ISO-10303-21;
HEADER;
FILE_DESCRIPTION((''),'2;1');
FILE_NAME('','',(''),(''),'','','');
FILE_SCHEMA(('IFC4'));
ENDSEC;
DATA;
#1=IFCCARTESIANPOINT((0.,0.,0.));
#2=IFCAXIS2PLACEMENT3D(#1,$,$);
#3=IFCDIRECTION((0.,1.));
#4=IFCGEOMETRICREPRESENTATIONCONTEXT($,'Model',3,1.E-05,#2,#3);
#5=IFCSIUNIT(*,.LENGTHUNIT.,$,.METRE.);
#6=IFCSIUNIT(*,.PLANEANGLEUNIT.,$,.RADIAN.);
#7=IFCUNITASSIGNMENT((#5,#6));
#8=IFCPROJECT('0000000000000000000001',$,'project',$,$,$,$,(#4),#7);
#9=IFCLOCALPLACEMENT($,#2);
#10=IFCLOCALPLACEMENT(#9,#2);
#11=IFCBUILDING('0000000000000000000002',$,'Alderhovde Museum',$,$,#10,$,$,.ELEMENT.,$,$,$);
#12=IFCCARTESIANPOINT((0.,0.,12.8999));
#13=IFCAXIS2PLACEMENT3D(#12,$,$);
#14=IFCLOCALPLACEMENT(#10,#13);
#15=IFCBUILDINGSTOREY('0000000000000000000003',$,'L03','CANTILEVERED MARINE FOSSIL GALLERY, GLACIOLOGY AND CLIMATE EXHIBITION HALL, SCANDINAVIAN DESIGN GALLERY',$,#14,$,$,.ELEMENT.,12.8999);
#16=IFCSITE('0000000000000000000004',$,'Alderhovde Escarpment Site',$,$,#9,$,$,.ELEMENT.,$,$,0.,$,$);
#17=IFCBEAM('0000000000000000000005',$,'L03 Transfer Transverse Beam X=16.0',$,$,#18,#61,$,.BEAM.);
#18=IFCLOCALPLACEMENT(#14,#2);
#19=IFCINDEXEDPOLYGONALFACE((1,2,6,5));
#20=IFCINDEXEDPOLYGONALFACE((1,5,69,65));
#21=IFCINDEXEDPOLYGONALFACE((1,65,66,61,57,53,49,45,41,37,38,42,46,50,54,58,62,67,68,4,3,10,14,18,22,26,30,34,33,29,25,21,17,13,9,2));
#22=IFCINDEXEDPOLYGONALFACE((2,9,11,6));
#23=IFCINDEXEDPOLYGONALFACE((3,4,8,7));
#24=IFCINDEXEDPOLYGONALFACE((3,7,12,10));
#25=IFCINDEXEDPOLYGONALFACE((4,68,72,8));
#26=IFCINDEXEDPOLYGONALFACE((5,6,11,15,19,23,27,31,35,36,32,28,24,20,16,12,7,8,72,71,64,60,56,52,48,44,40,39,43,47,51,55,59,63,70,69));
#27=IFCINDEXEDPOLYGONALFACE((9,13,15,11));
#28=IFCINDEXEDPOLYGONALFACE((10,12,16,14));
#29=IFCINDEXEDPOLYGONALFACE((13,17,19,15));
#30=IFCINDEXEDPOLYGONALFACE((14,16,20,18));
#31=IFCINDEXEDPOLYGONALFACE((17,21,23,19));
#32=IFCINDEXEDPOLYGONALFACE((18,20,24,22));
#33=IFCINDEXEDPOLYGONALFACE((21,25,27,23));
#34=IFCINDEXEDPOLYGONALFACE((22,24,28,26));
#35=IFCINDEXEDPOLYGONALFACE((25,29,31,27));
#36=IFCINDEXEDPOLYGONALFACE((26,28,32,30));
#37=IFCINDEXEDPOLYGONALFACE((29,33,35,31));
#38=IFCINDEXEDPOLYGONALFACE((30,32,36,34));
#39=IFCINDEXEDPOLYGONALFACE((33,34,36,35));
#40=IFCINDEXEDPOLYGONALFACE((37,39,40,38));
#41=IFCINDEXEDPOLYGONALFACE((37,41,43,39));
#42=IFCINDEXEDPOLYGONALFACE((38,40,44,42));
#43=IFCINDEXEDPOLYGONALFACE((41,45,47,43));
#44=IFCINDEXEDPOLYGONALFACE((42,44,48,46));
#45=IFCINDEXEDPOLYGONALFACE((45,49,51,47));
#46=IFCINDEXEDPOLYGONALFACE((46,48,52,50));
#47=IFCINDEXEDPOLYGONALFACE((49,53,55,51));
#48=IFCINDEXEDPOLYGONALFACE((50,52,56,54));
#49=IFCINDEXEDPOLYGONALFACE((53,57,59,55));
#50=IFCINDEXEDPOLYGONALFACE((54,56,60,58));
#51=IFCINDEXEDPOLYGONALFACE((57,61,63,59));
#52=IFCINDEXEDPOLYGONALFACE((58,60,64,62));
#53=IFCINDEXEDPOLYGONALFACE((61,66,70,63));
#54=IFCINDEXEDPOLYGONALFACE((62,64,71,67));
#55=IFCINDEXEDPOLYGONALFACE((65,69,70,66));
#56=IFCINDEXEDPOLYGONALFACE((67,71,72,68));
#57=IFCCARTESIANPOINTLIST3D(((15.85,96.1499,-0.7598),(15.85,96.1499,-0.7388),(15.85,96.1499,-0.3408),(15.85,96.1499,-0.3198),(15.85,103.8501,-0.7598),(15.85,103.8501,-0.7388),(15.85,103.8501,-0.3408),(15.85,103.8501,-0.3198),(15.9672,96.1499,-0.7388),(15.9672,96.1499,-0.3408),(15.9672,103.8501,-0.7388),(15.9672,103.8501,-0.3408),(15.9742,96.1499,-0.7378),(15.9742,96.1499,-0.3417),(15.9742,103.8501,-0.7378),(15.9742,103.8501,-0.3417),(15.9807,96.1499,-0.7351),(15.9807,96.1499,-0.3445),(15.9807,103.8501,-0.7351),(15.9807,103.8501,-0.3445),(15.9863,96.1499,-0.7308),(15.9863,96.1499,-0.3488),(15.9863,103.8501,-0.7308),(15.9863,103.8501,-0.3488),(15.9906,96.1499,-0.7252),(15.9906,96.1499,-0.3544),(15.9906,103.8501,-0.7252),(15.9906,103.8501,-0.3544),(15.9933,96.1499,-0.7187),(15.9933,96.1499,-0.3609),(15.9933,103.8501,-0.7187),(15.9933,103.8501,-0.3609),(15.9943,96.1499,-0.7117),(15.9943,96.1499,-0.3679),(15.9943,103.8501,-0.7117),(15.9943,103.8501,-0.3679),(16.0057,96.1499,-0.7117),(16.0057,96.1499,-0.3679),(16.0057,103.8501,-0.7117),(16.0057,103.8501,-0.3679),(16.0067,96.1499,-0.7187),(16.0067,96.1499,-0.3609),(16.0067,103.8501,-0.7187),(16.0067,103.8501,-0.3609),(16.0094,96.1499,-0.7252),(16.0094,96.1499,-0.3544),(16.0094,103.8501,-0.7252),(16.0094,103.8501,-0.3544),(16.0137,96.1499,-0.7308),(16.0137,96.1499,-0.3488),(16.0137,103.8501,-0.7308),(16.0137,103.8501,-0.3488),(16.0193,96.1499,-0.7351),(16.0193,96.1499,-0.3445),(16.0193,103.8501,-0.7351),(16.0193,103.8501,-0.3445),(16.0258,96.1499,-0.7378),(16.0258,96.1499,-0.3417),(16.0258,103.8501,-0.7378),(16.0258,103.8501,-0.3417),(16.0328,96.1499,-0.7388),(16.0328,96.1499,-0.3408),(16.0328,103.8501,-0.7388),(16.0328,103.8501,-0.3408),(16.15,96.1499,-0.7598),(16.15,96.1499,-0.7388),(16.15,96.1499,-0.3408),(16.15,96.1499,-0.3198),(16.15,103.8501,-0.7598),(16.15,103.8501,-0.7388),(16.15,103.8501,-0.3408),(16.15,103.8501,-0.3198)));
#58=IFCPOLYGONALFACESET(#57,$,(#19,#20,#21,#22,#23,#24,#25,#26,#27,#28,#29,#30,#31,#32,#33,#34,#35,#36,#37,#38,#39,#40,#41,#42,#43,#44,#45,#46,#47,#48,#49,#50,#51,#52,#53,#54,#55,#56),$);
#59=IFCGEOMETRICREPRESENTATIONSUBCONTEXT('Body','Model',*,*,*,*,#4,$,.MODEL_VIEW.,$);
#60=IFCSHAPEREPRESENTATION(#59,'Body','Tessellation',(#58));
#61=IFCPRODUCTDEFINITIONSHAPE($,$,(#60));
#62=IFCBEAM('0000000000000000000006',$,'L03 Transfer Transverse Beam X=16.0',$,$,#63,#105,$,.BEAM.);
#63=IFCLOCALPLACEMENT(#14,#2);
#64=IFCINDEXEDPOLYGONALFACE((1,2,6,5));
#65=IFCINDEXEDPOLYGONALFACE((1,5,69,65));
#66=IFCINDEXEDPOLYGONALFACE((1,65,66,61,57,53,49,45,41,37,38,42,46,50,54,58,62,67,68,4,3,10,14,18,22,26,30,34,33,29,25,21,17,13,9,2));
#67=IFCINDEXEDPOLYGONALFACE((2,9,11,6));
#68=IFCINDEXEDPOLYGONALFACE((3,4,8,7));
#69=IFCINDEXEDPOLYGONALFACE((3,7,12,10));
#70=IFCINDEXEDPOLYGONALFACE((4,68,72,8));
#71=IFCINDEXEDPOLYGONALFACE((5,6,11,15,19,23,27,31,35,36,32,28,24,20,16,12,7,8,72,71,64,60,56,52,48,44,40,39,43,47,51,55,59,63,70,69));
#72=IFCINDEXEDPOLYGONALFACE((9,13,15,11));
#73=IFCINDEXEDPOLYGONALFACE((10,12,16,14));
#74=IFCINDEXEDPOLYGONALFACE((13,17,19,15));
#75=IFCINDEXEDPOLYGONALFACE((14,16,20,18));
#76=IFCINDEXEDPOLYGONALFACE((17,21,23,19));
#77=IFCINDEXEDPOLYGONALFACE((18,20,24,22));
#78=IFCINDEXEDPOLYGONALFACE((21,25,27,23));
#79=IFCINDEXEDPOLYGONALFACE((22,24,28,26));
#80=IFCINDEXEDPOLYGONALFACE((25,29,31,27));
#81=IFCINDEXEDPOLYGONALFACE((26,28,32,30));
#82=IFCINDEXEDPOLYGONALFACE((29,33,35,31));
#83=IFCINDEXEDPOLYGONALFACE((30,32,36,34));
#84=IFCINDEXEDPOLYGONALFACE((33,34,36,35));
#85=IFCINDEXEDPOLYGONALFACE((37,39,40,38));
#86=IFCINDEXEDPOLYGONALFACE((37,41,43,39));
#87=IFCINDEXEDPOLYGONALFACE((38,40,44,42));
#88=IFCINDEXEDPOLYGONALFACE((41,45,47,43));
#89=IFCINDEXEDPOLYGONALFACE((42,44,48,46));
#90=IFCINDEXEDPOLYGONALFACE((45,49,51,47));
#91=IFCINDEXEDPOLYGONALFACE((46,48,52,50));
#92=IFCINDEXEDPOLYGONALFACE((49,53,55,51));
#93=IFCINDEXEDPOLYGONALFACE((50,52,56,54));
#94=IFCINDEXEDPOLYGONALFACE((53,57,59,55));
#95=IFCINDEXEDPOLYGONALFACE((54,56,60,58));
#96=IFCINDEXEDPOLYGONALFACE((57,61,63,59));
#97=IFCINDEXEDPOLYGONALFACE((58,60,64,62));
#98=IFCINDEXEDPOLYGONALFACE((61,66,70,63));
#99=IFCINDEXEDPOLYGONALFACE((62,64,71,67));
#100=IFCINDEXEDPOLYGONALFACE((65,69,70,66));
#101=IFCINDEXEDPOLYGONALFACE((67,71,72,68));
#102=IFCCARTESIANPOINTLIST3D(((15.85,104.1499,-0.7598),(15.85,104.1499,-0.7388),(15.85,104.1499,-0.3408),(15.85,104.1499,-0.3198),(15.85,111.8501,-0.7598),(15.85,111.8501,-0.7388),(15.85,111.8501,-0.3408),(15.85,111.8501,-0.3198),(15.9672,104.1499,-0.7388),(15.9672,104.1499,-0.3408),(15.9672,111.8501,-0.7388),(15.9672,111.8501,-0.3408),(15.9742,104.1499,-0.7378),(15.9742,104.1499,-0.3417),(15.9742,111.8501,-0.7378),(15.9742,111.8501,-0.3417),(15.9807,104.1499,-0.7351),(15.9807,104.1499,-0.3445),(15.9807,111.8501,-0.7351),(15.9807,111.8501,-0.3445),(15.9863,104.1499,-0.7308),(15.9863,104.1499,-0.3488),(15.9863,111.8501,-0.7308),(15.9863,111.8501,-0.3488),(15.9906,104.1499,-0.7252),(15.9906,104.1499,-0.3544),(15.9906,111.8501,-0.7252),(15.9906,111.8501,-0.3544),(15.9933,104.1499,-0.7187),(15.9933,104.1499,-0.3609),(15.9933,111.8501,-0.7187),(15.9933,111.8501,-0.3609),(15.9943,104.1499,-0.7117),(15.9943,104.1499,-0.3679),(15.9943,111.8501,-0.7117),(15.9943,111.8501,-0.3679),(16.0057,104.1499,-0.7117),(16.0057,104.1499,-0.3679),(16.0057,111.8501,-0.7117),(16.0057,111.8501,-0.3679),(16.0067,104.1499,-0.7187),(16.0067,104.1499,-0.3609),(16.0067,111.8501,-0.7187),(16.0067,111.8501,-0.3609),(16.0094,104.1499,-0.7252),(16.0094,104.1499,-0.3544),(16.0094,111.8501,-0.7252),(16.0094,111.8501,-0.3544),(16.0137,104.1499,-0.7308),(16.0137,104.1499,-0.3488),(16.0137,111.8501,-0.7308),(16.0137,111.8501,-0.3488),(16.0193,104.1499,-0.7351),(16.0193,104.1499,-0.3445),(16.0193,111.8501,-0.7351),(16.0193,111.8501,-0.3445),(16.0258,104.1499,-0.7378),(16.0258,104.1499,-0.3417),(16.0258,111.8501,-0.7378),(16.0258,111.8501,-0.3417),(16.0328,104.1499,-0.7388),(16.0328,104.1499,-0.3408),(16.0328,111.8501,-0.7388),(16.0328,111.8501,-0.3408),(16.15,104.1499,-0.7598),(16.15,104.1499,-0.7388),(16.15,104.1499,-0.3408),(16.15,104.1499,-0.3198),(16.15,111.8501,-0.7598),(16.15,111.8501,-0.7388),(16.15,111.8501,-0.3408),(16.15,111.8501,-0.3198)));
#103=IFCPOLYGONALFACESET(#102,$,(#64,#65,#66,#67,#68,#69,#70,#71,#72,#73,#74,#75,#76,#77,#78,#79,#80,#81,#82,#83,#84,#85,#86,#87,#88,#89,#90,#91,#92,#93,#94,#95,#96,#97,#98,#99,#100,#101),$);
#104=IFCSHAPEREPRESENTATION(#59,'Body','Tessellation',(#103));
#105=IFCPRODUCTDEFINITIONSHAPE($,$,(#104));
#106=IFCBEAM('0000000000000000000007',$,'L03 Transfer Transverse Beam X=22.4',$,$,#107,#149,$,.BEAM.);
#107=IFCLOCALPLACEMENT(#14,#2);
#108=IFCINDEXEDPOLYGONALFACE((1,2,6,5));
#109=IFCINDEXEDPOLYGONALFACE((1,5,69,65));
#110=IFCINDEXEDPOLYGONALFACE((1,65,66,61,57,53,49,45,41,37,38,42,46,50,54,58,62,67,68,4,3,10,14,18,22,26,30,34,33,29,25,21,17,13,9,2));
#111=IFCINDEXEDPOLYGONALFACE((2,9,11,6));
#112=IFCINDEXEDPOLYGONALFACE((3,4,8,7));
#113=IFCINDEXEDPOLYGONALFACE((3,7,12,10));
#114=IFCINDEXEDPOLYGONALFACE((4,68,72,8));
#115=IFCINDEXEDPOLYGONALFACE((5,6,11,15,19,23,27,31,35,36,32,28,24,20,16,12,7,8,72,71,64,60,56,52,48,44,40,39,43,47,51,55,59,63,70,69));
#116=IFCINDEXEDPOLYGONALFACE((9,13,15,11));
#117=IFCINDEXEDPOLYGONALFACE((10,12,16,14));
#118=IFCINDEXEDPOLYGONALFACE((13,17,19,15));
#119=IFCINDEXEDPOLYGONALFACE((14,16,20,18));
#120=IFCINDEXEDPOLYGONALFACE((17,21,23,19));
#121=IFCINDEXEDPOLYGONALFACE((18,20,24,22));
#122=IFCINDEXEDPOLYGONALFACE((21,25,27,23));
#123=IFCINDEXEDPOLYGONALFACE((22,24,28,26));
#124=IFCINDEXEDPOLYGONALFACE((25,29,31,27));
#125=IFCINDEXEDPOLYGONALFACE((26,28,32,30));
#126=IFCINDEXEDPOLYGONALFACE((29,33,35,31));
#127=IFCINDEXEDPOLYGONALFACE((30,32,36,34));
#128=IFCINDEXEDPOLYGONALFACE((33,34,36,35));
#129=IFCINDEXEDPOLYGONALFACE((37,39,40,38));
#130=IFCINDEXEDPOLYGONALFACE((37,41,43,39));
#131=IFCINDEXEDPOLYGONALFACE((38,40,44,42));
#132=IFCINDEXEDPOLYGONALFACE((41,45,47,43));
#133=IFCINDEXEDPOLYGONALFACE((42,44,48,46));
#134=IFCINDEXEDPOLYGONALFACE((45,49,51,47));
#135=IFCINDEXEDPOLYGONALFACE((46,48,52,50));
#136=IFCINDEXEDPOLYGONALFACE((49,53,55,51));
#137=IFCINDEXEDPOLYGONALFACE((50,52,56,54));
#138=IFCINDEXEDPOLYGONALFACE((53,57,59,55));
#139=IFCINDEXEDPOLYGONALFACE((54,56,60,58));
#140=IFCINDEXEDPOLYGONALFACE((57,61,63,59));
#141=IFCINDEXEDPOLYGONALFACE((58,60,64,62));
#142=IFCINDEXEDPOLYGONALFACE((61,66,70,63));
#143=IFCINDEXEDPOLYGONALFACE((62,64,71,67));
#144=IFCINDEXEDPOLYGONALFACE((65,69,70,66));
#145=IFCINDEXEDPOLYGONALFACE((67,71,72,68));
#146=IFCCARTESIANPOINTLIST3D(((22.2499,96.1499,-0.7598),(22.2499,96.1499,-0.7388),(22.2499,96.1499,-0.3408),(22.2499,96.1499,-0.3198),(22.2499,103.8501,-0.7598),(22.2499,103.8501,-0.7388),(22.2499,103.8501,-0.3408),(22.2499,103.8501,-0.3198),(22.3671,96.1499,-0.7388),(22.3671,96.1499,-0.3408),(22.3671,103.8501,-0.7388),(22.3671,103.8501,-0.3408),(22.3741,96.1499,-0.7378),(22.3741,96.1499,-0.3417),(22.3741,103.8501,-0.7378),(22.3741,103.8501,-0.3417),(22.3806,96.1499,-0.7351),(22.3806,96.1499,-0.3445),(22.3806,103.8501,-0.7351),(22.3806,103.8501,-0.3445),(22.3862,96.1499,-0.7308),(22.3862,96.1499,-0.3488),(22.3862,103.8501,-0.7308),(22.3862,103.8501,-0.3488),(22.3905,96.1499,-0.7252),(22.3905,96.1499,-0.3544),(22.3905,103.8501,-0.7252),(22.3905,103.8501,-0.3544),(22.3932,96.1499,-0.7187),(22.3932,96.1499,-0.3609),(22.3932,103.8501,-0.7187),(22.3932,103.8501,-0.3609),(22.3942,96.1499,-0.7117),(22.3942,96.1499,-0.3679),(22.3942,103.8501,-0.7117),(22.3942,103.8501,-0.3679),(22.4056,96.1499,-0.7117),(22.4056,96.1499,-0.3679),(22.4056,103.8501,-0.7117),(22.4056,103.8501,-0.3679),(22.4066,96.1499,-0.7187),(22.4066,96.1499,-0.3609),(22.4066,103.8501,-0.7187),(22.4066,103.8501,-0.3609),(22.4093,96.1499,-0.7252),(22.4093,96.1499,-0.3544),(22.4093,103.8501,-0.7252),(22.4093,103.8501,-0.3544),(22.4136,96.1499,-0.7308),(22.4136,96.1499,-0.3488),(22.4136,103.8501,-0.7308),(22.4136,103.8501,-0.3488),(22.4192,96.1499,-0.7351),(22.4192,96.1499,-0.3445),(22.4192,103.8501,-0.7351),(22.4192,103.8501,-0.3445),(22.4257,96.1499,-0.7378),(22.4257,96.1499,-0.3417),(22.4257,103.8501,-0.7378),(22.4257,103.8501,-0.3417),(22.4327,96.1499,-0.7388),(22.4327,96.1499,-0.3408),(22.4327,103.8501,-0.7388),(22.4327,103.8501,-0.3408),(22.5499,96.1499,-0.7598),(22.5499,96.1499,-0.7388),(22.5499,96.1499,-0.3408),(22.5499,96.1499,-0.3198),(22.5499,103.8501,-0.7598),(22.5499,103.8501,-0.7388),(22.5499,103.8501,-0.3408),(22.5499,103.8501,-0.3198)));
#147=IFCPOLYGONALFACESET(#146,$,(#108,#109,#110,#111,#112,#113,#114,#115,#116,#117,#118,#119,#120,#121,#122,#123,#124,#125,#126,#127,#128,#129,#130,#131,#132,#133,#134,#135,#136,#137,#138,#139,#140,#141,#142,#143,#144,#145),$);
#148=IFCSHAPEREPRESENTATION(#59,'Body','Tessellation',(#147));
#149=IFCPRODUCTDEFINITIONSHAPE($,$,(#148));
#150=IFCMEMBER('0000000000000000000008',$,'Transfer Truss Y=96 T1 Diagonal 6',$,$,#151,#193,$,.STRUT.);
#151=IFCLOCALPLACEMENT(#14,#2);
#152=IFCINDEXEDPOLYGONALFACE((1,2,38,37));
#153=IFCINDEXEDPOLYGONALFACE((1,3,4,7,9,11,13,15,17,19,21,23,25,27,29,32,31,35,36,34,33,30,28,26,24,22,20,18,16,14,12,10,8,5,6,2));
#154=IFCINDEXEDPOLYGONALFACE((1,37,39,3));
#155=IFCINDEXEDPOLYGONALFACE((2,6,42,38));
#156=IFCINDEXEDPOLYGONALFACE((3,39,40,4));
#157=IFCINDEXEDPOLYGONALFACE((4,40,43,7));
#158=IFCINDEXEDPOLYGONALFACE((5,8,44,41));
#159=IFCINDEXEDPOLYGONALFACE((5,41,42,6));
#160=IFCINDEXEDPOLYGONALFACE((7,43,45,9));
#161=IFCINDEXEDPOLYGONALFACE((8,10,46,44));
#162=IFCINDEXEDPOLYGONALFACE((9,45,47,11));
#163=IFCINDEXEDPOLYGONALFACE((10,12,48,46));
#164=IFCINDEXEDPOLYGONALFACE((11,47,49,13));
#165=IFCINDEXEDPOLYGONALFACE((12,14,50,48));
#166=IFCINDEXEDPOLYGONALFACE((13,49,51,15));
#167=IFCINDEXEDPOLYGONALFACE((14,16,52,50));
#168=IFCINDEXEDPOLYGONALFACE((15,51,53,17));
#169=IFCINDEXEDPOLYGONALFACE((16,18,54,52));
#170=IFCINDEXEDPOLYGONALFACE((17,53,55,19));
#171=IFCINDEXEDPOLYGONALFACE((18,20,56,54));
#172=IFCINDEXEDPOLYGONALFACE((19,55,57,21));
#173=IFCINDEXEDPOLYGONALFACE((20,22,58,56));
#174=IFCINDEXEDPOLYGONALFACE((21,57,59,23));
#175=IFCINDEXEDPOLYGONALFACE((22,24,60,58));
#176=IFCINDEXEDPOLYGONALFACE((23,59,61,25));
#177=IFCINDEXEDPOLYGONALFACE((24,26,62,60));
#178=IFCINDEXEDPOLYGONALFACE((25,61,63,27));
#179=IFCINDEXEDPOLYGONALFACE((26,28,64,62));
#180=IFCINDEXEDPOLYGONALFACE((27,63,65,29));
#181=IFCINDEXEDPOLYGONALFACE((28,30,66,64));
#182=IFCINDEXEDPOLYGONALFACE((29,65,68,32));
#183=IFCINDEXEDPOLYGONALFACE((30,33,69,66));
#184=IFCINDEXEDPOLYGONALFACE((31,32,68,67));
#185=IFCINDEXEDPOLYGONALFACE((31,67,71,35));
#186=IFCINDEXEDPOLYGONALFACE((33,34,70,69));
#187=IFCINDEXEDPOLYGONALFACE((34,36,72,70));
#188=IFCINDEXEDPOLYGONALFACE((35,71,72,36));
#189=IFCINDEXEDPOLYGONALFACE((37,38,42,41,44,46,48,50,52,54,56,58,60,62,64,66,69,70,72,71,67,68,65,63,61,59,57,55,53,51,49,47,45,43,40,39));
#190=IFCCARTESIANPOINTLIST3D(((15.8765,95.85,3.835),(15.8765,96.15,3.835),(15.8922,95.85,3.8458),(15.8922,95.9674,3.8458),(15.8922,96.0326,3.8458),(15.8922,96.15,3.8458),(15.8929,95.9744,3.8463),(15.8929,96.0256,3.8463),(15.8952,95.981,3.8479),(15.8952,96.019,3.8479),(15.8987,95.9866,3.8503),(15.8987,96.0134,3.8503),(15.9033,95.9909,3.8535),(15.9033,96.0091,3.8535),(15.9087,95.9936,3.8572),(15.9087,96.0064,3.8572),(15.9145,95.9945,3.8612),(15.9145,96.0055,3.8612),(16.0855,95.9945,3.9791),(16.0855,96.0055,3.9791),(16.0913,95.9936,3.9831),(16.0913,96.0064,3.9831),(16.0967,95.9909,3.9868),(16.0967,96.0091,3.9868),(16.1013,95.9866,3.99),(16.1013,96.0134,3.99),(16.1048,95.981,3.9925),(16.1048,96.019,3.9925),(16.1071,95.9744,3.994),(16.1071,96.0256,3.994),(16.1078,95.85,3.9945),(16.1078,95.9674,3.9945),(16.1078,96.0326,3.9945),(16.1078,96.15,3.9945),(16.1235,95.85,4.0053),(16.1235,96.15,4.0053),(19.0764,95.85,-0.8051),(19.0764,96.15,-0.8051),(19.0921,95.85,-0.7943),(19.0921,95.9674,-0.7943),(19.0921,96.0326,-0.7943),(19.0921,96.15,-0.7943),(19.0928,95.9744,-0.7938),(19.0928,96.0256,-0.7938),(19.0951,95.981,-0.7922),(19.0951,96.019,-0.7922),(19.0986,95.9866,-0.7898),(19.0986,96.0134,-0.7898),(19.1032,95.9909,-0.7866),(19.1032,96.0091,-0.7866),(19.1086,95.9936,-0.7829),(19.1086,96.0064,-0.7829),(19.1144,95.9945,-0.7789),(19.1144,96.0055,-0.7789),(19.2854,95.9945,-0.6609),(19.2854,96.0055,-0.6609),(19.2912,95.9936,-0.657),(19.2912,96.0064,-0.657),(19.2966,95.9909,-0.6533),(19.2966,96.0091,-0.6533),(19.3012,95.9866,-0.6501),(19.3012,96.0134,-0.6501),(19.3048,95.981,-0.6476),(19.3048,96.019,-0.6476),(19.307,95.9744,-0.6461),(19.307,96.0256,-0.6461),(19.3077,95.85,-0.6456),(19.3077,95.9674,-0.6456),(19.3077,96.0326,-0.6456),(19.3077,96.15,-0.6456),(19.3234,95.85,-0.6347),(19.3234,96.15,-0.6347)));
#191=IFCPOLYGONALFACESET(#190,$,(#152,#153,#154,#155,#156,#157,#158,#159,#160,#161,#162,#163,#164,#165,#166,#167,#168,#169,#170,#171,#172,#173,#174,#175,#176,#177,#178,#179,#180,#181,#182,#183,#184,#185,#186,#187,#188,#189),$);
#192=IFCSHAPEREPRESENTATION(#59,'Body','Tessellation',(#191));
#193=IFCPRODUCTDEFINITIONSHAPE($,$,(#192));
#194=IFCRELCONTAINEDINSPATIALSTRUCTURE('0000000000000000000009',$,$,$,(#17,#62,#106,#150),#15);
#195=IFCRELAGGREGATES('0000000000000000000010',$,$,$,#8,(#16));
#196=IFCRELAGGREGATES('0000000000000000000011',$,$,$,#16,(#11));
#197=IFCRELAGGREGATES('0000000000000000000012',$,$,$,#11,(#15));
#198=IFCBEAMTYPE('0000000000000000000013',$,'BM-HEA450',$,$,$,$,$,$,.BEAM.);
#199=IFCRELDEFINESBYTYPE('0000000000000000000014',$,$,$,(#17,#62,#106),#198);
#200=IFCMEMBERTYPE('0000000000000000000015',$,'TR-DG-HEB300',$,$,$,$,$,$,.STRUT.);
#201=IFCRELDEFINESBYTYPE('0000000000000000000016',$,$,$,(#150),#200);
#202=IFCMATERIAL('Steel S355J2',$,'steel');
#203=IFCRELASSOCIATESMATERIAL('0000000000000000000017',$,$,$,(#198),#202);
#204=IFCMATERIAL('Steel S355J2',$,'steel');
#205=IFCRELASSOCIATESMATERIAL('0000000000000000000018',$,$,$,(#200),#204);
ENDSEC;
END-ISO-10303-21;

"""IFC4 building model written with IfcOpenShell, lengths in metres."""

from ifc_helpers import new_model, si_unit, direction, frame, origin, origin_2d, place, context, subcontext, project, spatial, i_section, extrude, material, material_profile, profile_set, type_object, element, save


model = new_model("IFC4")

# Units and contexts
model_context = context("Model", 3, precision=1e-05, world=origin(), true_north=direction((0.0, 1.0)))
body_context = subcontext(model_context, "Body", "Model", "MODEL_VIEW")
ifc_project = project(units=[si_unit("LENGTHUNIT", "METRE"), si_unit("PLANEANGLEUNIT", "RADIAN")], contexts=[model_context])

# Site, building, storey
site_placement = place(None, origin())
site = spatial("IfcSite", under=ifc_project, at=site_placement, Name="Alderhovde Escarpment Site", CompositionType="ELEMENT", RefElevation=0.0)
building_placement = place(site_placement, origin())
building = spatial("IfcBuilding", under=site, at=building_placement, Name="Alderhovde Museum", CompositionType="ELEMENT")
storey_placement = place(building_placement, frame((0.0, 0.0, 12.8999)))
storey = spatial("IfcBuildingStorey", under=building, at=storey_placement, Name="L03", Description="CANTILEVERED MARINE FOSSIL GALLERY, GLACIOLOGY AND CLIMATE EXHIBITION HALL, SCANDINAVIAN DESIGN GALLERY", CompositionType="ELEMENT", Elevation=12.8999)

# Beams
ifc_material_1 = material(Name="Steel S355J2", Category="steel")
ifc_material_profile_1 = material_profile(ifc_material_1, i_section(OverallWidth=0.3, OverallDepth=0.4399, WebThickness=0.0115, FlangeThickness=0.021, FilletRadius=0.0271, at=origin_2d()), Name="HEA 450")
ifc_profile_set_1 = profile_set([ifc_material_profile_1], Name="Steel S355J2")
beam_type_1 = type_object("IfcBeamType", Name="BM-HEA450", PredefinedType="BEAM", material=ifc_profile_set_1)
for number, where, z_axis, x_axis, name in (
    (1, (16.0, 96.1499, -0.5398), (0.0, 1.0, 0.0), (-1.0, 0.0, 0.0), "L03 Transfer Transverse Beam X=16.0"),
    (2, (16.0, 104.1499, -0.5398), (0.0, 1.0, 0.0), (-1.0, 0.0, 0.0), "L03 Transfer Transverse Beam X=16.0"),
    (3, (22.3999, 96.1499, -0.5398), (0.0, 1.0, 0.0), (-1.0, 0.0, 0.0), "L03 Transfer Transverse Beam X=22.4"),
):
    element("IfcBeam", number, at=place(storey_placement, frame(where, z_axis=z_axis, x_axis=x_axis)), inside=storey, type_object=beam_type_1, Name=name, PredefinedType="BEAM", context=body_context, shape_type="SweptSolid", body=[
        extrude(i_section(OverallWidth=0.3, OverallDepth=0.4399, WebThickness=0.0115, FlangeThickness=0.021, FilletRadius=0.0271, at=origin_2d()), origin(), (0.0, 0.0, 1.0), 7.7002),
    ])

# Member
ifc_material_2 = material(Name="Steel S355J2", Category="steel")
ifc_material_profile_2 = material_profile(ifc_material_2, i_section(OverallWidth=0.3, OverallDepth=0.3, WebThickness=0.011, FlangeThickness=0.019, FilletRadius=0.0271, at=origin_2d()), Name="HEB 300")
ifc_profile_set_2 = profile_set([ifc_material_profile_2], Name="Steel S355J2")
member_type_1 = type_object("IfcMemberType", Name="TR-DG-HEB300", PredefinedType="STRUT", material=ifc_profile_set_2)
for number, where, z_axis, x_axis, name in (
    (4, (16.0, 96.0, 3.9202), (0.567716, 0.0, -0.823225), (0.0, 1.0, 0.0), "Transfer Truss Y=96 T1 Diagonal 6"),
):
    element("IfcMember", number, at=place(storey_placement, frame(where, z_axis=z_axis, x_axis=x_axis)), inside=storey, type_object=member_type_1, Name=name, PredefinedType="STRUT", context=body_context, shape_type="SweptSolid", body=[
        extrude(i_section(OverallWidth=0.3, OverallDepth=0.3, WebThickness=0.011, FlangeThickness=0.019, FilletRadius=0.0271, at=origin_2d()), origin(), (0.0, 0.0, 1.0), 5.6365),
    ])

save(model, "model.ifc")
